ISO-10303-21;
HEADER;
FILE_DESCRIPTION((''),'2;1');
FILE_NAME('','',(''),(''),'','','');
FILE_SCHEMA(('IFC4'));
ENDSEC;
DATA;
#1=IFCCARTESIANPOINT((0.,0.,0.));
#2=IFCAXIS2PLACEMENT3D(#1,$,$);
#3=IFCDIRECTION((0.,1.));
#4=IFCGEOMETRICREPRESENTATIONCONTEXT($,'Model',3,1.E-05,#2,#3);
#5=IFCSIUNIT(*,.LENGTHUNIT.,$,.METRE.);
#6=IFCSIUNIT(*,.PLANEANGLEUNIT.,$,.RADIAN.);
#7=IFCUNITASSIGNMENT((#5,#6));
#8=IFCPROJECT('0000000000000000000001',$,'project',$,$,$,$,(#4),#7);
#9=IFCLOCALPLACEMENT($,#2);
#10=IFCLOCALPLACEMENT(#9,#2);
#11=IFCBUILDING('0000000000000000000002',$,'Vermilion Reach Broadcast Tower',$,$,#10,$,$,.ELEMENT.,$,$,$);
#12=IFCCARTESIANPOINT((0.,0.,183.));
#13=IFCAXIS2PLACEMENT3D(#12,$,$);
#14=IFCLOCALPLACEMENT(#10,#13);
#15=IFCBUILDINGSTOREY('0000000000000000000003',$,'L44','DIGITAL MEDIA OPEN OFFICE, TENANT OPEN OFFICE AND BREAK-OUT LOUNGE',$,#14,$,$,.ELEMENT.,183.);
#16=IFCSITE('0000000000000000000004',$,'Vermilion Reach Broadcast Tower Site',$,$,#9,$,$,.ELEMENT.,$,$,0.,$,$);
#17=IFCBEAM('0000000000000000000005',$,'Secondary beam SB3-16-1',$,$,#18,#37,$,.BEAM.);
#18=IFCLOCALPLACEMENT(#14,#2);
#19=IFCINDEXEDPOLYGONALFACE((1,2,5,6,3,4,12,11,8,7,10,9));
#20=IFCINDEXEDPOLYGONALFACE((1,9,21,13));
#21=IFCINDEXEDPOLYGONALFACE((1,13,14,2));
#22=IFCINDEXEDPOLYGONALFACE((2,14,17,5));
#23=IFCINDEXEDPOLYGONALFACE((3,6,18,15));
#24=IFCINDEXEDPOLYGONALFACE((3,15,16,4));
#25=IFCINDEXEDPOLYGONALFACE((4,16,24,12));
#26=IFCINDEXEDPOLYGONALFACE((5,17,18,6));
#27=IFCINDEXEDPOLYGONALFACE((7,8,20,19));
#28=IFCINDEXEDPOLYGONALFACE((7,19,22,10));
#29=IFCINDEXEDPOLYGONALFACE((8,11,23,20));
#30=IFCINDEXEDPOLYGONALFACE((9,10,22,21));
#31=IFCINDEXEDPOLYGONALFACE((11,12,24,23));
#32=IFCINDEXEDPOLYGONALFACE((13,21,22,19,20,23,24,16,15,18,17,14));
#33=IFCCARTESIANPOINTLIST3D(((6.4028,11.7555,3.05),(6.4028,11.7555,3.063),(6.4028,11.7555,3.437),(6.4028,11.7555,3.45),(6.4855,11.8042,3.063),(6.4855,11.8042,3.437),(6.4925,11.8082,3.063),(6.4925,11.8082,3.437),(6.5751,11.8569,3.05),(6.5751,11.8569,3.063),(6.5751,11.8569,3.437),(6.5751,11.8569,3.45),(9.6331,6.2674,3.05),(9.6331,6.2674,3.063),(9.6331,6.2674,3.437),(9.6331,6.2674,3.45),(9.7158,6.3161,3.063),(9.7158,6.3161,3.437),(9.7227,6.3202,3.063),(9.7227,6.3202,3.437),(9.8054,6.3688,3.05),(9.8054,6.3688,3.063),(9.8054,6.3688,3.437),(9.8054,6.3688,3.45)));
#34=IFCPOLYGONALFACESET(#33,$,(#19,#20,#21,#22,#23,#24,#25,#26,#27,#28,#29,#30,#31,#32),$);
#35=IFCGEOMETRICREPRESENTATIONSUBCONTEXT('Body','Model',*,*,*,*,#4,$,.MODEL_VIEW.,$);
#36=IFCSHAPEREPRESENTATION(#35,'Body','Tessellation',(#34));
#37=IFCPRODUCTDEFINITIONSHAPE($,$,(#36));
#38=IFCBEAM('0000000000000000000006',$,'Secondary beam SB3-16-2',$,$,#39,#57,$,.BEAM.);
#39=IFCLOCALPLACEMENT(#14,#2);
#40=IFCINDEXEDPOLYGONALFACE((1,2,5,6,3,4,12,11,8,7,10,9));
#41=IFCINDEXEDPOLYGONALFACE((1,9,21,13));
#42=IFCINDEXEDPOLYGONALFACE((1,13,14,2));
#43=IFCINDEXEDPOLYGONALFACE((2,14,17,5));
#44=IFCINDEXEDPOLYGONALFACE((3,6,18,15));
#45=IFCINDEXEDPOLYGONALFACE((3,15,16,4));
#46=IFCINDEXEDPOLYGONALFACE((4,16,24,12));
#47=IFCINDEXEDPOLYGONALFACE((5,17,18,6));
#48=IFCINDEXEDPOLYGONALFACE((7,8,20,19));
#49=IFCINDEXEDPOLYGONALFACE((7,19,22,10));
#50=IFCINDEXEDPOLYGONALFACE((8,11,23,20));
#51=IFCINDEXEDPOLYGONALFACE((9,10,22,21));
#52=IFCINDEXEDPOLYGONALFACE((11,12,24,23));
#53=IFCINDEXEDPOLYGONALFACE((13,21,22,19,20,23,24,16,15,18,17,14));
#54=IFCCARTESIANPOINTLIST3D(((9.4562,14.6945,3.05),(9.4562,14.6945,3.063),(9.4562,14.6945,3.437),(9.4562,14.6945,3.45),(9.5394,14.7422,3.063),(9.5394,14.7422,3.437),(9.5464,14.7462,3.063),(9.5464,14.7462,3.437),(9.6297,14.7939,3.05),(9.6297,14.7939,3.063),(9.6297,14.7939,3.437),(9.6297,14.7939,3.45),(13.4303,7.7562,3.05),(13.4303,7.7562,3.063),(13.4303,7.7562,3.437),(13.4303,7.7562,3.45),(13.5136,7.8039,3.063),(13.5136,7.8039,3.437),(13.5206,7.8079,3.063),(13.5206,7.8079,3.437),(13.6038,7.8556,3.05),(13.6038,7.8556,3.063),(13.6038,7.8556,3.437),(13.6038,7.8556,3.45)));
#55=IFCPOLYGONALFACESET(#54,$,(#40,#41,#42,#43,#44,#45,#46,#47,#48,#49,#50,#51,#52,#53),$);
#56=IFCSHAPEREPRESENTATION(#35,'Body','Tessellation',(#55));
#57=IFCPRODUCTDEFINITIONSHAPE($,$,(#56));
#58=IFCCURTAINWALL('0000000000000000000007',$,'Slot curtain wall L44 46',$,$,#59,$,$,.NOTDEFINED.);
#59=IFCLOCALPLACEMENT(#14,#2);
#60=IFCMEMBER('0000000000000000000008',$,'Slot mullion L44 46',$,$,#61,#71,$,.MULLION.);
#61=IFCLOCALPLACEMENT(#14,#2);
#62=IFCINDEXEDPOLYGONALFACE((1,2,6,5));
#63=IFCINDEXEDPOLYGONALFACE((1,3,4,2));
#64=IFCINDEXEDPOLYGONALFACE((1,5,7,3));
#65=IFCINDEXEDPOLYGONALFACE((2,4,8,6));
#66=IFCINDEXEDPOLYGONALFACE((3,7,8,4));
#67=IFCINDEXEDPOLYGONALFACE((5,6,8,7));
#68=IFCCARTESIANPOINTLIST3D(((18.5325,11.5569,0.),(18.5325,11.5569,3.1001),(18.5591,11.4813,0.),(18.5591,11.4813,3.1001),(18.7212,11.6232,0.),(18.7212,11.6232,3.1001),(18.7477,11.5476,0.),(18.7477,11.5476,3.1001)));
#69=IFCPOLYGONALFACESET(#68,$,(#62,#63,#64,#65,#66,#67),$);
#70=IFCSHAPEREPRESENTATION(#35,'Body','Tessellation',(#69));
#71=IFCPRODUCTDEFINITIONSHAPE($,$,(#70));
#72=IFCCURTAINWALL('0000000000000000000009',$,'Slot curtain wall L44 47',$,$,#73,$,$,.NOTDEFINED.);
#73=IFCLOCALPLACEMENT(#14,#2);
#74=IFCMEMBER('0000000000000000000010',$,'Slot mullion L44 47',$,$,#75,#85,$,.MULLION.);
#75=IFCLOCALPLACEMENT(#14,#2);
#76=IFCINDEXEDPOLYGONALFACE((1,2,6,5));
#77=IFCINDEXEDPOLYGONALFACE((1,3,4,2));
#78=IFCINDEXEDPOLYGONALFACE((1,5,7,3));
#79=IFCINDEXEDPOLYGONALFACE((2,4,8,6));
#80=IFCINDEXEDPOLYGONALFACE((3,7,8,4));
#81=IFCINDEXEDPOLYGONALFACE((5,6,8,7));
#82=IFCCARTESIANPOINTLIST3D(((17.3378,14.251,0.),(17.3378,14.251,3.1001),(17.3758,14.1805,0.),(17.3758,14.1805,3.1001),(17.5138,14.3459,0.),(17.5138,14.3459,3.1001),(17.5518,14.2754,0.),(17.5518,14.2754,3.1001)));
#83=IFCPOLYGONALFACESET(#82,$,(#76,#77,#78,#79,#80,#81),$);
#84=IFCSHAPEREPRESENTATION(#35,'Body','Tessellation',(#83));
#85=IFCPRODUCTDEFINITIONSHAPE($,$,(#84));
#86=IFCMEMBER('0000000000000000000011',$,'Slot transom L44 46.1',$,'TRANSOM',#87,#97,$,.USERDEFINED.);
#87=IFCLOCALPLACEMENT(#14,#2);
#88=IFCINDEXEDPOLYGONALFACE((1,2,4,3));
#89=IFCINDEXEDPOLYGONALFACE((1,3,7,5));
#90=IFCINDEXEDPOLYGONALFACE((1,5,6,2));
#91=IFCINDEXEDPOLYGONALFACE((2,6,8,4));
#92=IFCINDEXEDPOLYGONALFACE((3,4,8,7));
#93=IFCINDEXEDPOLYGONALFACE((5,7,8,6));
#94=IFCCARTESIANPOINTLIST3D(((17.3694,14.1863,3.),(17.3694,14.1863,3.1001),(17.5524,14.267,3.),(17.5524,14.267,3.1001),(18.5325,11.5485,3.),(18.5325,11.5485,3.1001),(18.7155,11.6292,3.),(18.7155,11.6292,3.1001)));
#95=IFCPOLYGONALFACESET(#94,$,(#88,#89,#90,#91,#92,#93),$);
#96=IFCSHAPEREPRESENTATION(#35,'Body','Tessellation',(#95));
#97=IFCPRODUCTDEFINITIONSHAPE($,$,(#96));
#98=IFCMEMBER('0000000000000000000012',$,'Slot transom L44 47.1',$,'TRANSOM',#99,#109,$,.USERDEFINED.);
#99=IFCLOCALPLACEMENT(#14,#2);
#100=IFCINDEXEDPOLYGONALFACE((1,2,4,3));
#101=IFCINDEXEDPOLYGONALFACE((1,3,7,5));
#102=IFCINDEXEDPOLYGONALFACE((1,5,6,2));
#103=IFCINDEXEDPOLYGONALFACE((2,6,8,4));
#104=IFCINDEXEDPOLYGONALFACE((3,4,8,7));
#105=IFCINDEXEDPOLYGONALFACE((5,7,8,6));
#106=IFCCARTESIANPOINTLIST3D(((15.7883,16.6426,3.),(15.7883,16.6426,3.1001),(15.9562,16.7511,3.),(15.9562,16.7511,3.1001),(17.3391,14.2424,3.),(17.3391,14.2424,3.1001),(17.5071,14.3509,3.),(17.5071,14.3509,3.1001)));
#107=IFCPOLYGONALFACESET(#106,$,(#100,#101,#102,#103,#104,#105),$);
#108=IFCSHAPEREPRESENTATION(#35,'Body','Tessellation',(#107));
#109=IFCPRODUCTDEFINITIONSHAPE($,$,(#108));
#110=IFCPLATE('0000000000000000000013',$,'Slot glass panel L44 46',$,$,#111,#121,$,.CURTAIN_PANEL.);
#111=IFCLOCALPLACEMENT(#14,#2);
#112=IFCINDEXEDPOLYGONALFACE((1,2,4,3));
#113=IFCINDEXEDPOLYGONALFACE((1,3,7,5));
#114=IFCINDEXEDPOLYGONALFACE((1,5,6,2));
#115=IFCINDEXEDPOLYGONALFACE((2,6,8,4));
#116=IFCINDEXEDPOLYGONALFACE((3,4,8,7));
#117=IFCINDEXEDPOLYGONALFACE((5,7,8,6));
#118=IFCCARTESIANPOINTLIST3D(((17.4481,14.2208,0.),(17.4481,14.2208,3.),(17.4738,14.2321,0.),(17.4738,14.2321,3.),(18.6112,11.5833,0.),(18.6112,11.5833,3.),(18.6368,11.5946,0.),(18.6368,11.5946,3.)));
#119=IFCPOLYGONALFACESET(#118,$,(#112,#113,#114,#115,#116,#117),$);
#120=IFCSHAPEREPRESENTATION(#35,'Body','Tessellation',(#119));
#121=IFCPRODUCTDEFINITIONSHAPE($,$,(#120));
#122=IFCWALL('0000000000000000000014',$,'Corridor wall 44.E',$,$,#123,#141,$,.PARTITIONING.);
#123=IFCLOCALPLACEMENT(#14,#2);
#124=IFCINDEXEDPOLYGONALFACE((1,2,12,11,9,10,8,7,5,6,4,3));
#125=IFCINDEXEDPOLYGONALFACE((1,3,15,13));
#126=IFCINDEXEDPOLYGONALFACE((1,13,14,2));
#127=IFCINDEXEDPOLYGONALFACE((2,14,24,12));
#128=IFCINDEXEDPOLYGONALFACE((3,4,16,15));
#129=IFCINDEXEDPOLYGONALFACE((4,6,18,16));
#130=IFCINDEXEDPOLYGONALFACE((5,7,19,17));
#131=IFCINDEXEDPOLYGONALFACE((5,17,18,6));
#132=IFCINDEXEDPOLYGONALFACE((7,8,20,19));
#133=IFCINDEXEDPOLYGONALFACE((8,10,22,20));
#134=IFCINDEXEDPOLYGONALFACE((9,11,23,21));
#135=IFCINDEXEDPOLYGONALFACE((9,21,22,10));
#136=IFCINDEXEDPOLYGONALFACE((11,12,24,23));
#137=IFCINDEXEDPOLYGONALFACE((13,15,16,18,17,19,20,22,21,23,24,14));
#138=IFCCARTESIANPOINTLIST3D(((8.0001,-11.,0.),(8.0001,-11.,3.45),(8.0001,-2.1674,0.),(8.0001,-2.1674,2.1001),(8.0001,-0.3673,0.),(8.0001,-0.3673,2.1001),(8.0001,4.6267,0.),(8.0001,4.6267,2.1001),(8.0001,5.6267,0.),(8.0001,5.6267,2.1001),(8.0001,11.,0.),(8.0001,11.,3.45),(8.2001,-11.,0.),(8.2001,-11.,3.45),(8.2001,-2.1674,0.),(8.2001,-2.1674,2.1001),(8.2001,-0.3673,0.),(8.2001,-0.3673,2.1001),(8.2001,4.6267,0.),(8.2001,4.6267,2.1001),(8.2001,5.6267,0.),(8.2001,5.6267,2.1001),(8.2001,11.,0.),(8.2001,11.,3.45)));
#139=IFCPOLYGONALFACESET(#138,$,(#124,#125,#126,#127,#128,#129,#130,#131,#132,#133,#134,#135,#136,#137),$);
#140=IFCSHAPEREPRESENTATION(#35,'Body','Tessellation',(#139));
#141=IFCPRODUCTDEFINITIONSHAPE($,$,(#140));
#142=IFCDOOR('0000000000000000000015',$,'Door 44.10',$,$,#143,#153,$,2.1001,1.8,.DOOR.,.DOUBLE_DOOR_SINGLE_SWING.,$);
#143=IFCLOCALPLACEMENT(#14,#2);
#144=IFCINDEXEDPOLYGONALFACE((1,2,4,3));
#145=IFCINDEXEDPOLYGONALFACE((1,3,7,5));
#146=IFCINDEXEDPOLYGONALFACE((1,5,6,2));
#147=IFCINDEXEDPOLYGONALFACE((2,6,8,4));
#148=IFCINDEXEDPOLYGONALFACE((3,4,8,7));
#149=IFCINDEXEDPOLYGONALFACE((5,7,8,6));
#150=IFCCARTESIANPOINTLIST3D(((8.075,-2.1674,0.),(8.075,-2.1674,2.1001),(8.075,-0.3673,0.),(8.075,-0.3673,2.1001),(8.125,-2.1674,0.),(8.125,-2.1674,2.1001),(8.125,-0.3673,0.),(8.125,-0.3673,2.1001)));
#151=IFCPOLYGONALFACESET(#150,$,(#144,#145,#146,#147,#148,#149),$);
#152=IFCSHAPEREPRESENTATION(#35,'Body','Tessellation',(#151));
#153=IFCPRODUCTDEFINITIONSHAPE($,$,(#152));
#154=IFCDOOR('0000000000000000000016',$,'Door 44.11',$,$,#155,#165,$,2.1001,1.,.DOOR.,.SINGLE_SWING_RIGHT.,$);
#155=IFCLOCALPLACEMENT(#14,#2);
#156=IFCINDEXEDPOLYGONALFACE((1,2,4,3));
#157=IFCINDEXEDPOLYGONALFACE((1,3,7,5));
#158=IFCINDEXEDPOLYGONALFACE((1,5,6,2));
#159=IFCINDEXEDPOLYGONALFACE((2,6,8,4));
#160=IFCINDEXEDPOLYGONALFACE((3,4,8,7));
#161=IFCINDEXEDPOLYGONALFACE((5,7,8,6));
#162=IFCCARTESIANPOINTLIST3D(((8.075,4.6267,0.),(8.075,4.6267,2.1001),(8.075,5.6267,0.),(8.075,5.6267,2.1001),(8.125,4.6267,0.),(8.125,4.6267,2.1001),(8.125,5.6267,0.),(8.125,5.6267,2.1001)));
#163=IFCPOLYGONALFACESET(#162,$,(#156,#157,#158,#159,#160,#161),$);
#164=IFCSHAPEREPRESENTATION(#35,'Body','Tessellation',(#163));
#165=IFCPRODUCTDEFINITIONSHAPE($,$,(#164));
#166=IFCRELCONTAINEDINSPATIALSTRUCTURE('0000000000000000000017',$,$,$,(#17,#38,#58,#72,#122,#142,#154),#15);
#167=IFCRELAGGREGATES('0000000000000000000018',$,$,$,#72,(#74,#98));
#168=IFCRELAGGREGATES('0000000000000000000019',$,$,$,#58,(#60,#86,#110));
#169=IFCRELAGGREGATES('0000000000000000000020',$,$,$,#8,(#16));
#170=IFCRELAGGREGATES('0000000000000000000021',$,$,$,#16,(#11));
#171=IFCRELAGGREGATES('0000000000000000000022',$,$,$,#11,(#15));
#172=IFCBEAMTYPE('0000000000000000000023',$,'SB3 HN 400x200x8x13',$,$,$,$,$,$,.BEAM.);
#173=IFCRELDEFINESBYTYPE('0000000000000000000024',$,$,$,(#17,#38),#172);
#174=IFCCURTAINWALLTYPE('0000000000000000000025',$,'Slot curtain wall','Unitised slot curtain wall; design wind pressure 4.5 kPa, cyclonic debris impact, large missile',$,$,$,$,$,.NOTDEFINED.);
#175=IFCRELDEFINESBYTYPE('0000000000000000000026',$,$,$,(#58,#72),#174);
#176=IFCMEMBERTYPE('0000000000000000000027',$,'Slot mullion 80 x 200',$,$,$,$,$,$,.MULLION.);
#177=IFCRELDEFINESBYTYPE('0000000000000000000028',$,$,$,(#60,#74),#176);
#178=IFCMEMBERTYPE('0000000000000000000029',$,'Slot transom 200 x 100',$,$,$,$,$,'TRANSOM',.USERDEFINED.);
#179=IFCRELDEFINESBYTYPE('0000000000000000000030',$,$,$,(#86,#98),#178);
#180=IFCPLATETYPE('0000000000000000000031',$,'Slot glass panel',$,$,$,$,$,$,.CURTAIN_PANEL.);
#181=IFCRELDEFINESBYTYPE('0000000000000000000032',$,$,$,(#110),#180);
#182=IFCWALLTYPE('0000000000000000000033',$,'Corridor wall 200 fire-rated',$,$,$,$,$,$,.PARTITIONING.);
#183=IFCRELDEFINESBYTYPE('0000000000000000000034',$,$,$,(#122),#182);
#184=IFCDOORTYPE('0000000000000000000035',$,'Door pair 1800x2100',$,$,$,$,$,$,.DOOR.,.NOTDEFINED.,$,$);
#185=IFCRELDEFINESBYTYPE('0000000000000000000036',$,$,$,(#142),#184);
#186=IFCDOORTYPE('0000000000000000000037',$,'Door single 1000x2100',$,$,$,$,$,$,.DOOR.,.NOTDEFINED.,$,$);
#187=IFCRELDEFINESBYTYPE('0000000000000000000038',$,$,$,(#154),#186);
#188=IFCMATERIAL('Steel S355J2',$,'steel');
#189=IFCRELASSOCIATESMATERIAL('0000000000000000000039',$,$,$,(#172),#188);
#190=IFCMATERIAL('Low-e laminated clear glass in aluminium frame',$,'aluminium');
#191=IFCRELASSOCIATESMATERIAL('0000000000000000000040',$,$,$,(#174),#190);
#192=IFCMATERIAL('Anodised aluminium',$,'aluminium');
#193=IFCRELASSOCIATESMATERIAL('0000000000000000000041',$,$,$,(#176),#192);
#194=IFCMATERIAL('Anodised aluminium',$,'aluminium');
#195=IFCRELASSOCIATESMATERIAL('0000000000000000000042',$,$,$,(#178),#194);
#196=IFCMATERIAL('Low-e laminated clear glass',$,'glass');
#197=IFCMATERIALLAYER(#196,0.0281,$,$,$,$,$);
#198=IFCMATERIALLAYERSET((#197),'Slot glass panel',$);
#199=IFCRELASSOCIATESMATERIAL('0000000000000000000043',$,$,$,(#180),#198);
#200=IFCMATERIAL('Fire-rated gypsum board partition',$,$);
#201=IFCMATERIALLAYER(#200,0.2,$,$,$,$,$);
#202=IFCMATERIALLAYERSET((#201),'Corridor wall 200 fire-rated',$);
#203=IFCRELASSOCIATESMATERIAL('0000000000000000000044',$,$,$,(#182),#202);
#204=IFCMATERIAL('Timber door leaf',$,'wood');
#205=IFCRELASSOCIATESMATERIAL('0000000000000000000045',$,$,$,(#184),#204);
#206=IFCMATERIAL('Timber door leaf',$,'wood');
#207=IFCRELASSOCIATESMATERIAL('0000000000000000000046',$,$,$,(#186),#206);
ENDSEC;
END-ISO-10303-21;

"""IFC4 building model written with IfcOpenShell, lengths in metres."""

from ifc_helpers import new_model, si_unit, direction, frame, frame_2d, origin, origin_2d, place, context, subcontext, project, spatial, rectangle, i_section, extrude, material, layer, layer_set, material_profile, profile_set, type_object, element, fill, aggregate, save


model = new_model("IFC4")

# Units and contexts
model_context = context("Model", 3, precision=1e-05, world=origin(), true_north=direction((0.0, 1.0)))
body_context = subcontext(model_context, "Body", "Model", "MODEL_VIEW")
ifc_project = project(units=[si_unit("LENGTHUNIT", "METRE"), si_unit("PLANEANGLEUNIT", "RADIAN")], contexts=[model_context])

# Site, building, storey
site_placement = place(None, origin())
site = spatial("IfcSite", under=ifc_project, at=site_placement, Name="Vermilion Reach Broadcast Tower Site", CompositionType="ELEMENT", RefElevation=0.0)
building_placement = place(site_placement, origin())
building = spatial("IfcBuilding", under=site, at=building_placement, Name="Vermilion Reach Broadcast Tower", CompositionType="ELEMENT")
storey_placement = place(building_placement, frame((0.0, 0.0, 183.0)))
storey = spatial("IfcBuildingStorey", under=building, at=storey_placement, Name="L44", Description="DIGITAL MEDIA OPEN OFFICE, TENANT OPEN OFFICE AND BREAK-OUT LOUNGE", CompositionType="ELEMENT", Elevation=183.0)

# Beams
ifc_material_1 = material(Name="Steel S355J2", Category="steel")
ifc_material_profile_1 = material_profile(ifc_material_1, i_section(OverallWidth=0.2, OverallDepth=0.3999, WebThickness=0.0081, FlangeThickness=0.0129, at=origin_2d()), Name="S355J2 HN 400x200x8x13")
ifc_profile_set_1 = profile_set([ifc_material_profile_1], Name="Steel S355J2")
beam_type_1 = type_object("IfcBeamType", Name="SB3 HN 400x200x8x13", PredefinedType="BEAM", material=ifc_profile_set_1)
beam_1_placement = place(storey_placement, frame((9.7192, 6.3181, 3.25), z_axis=(-0.50725, 0.861799, 0.0), x_axis=(-0.861799, -0.50725, 0.0)))
element("IfcBeam", 1, at=beam_1_placement, inside=storey, type_object=beam_type_1, Name="Secondary beam SB3-16-1", PredefinedType="BEAM", context=body_context, shape_type="SweptSolid", body=[
    extrude(i_section(OverallWidth=0.2, OverallDepth=0.3999, WebThickness=0.0081, FlangeThickness=0.0129, at=origin_2d()), origin(), (0.0, 0.0, 1.0), 6.3682),
])
beam_2_placement = place(storey_placement, frame((13.5171, 7.8059, 3.25), z_axis=(-0.497027, 0.867735, 0.0), x_axis=(-0.867735, -0.497027, 0.0)))
element("IfcBeam", 2, at=beam_2_placement, inside=storey, type_object=beam_type_1, Name="Secondary beam SB3-16-2", PredefinedType="BEAM", context=body_context, shape_type="SweptSolid", body=[
    extrude(i_section(OverallWidth=0.2, OverallDepth=0.3999, WebThickness=0.0081, FlangeThickness=0.0129, at=origin_2d()), origin(), (0.0, 0.0, 1.0), 7.9958),
])

# Curtain walls, members
ifc_material_2 = material(Name="Low-e laminated clear glass in aluminium frame", Category="aluminium")
curtain_wall_type = type_object("IfcCurtainWallType", Name="Slot curtain wall", Description="Unitised slot curtain wall; design wind pressure 4.5 kPa, cyclonic debris impact, large missile", PredefinedType="NOTDEFINED", material=ifc_material_2)
placement = place(storey_placement, origin())
curtain_wall_1 = element("IfcCurtainWall", 3, at=placement, inside=storey, type_object=curtain_wall_type, Name="Slot curtain wall L44 46", PredefinedType="NOTDEFINED")
ifc_material_3 = material(Name="Anodised aluminium", Category="aluminium")
ifc_material_profile_2 = material_profile(ifc_material_3, rectangle(XDim=0.2, YDim=0.0801, at=origin_2d()), Name="Slot mullion 80 x 200")
ifc_profile_set_2 = profile_set([ifc_material_profile_2], Name="Anodised aluminium")
member_type_1 = type_object("IfcMemberType", Name="Slot mullion 80 x 200", PredefinedType="MULLION", material=ifc_profile_set_2)
member_1_placement = place(storey_placement, frame((18.6401, 11.5522, 0.0), z_axis=(0.0, 0.0, 1.0), x_axis=(-0.943416, -0.33161, 0.0)))
member_1 = element("IfcMember", 4, at=member_1_placement, type_object=member_type_1, Name="Slot mullion L44 46", PredefinedType="MULLION", context=body_context, shape_type="SweptSolid", body=[
    extrude(rectangle(XDim=0.2, YDim=0.0801, at=origin_2d()), origin(), (0.0, 0.0, 1.0), 3.1001),
])
curtain_wall_2 = element("IfcCurtainWall", 5, at=placement, inside=storey, type_object=curtain_wall_type, Name="Slot curtain wall L44 47", PredefinedType="NOTDEFINED")
member_2_placement = place(storey_placement, frame((17.4448, 14.2632, 0.0), z_axis=(0.0, 0.0, 1.0), x_axis=(-0.88022, -0.474566, 0.0)))
member_2 = element("IfcMember", 6, at=member_2_placement, type_object=member_type_1, Name="Slot mullion L44 47", PredefinedType="MULLION", context=body_context, shape_type="SweptSolid", body=[
    extrude(rectangle(XDim=0.2, YDim=0.0801, at=origin_2d()), origin(), (0.0, 0.0, 1.0), 3.1001),
])

# Members
ifc_material_4 = material(Name="Anodised aluminium", Category="aluminium")
ifc_material_profile_3 = material_profile(ifc_material_4, rectangle(XDim=0.2, YDim=0.1001, at=origin_2d()), Name="Slot transom 200 x 100")
ifc_profile_set_3 = profile_set([ifc_material_profile_3], Name="Anodised aluminium")
member_type_2 = type_object("IfcMemberType", Name="Slot transom 200 x 100", ElementType="TRANSOM", PredefinedType="USERDEFINED", material=ifc_profile_set_3)
member_3_placement = place(storey_placement, frame((18.624, 11.5889, 3.05), z_axis=(-0.403465, 0.914995, 0.0), x_axis=(-0.914995, -0.403465, 0.0)))
member_3 = element("IfcMember", 7, at=member_3_placement, type_object=member_type_2, Name="Slot transom L44 46.1", ObjectType="TRANSOM", PredefinedType="USERDEFINED", context=body_context, shape_type="SweptSolid", body=[
    extrude(rectangle(XDim=0.2, YDim=0.1001, at=origin_2d()), origin(), (0.0, 0.0, 1.0), 2.8828),
])
member_4_placement = place(storey_placement, frame((17.4231, 14.2966, 3.05), z_axis=(-0.542695, 0.83993, 0.0), x_axis=(-0.83993, -0.542695, 0.0)))
member_4 = element("IfcMember", 8, at=member_4_placement, type_object=member_type_2, Name="Slot transom L44 47.1", ObjectType="TRANSOM", PredefinedType="USERDEFINED", context=body_context, shape_type="SweptSolid", body=[
    extrude(rectangle(XDim=0.2, YDim=0.1001, at=origin_2d()), origin(), (0.0, 0.0, 1.0), 2.8577),
])
aggregate(curtain_wall_2, [member_2, member_4])

# Plate
ifc_material_5 = material(Name="Low-e laminated clear glass", Category="glass")
ifc_layer_1 = layer(ifc_material_5, 0.0281)
ifc_layer_set_1 = layer_set([ifc_layer_1], Name="Slot glass panel")
plate_type = type_object("IfcPlateType", Name="Slot glass panel", PredefinedType="CURTAIN_PANEL", material=ifc_layer_set_1)
plate_placement = place(storey_placement, frame((18.0425, 12.9077, 0.0), z_axis=(0.0, 0.0, 1.0), x_axis=(-0.403473, 0.914992, 0.0)))
plate = element("IfcPlate", 9, at=plate_placement, type_object=plate_type, Name="Slot glass panel L44 46", PredefinedType="CURTAIN_PANEL", context=body_context, shape_type="SweptSolid", body=[
    extrude(rectangle(XDim=2.8826, YDim=0.0281, at=origin_2d()), origin(), (0.0, 0.0, 1.0), 3.0),
])
aggregate(curtain_wall_1, [member_1, member_3, plate])

# Wall, openings, doors
ifc_material_6 = material(Name="Fire-rated gypsum board partition")
ifc_layer_2 = layer(ifc_material_6, 0.2)
ifc_layer_set_2 = layer_set([ifc_layer_2], Name="Corridor wall 200 fire-rated")
wall_type_1 = type_object("IfcWallType", Name="Corridor wall 200 fire-rated", PredefinedType="PARTITIONING", material=ifc_layer_set_2)
wall_1_placement = place(storey_placement, frame((8.1001, 11.0, 0.0), z_axis=(0.0, 0.0, 1.0), x_axis=(0.0, -1.0, 0.0)))
wall_1 = element("IfcWall", 10, at=wall_1_placement, inside=storey, type_object=wall_type_1, Name="Corridor wall 44.E", PredefinedType="PARTITIONING", context=body_context, shape_type="SweptSolid", body=[
    extrude(rectangle(XDim=22.0, YDim=0.2, at=frame_2d((11.0, 0.0))), origin(), (0.0, 0.0, 1.0), 3.45),
])
opening_1_placement = place(wall_1_placement, frame((11.3674, 0.0, 0.0)))
opening_1 = element("IfcOpeningElement", 11, at=opening_1_placement, cuts=wall_1, PredefinedType="OPENING", context=body_context, shape_type="SweptSolid", body=[
    extrude(rectangle(XDim=1.8, YDim=2.1001, at=frame_2d((0.8999, 1.05))), frame((0.0, 0.1099, 0.0), z_axis=(0.0, -1.0, 0.0), x_axis=(1.0, 0.0, 0.0)), (0.0, 0.0, 1.0), 0.22),
])
opening_2_placement = place(wall_1_placement, frame((5.3733, 0.0, 0.0)))
opening_2 = element("IfcOpeningElement", 12, at=opening_2_placement, cuts=wall_1, PredefinedType="OPENING", context=body_context, shape_type="SweptSolid", body=[
    extrude(rectangle(XDim=1.0, YDim=2.1001, at=frame_2d((0.5, 1.05))), frame((0.0, 0.1099, 0.0), z_axis=(0.0, -1.0, 0.0), x_axis=(1.0, 0.0, 0.0)), (0.0, 0.0, 1.0), 0.22),
])
ifc_material_7 = material(Name="Timber door leaf", Category="wood")
door_type_1 = type_object("IfcDoorType", Name="Door pair 1800x2100", OperationType="NOTDEFINED", PredefinedType="DOOR", material=ifc_material_7)
door_1_placement = place(opening_1_placement, origin())
door_1 = element("IfcDoor", 13, at=door_1_placement, inside=storey, type_object=door_type_1, Name="Door 44.10", OperationType="DOUBLE_DOOR_SINGLE_SWING", OverallHeight=2.1001, OverallWidth=1.8, PredefinedType="DOOR", context=body_context, shape_type="SweptSolid", body=[
    extrude(rectangle(XDim=1.8, YDim=2.1001, at=frame_2d((0.8999, 1.05))), frame((0.0, 0.0249, 0.0), z_axis=(0.0, -1.0, 0.0), x_axis=(1.0, 0.0, 0.0)), (0.0, 0.0, 1.0), 0.05),
])
fill(opening_1, door_1)
ifc_material_8 = material(Name="Timber door leaf", Category="wood")
door_type_2 = type_object("IfcDoorType", Name="Door single 1000x2100", OperationType="NOTDEFINED", PredefinedType="DOOR", material=ifc_material_8)
door_2_placement = place(opening_2_placement, origin())
door_2 = element("IfcDoor", 14, at=door_2_placement, inside=storey, type_object=door_type_2, Name="Door 44.11", OperationType="SINGLE_SWING_RIGHT", OverallHeight=2.1001, OverallWidth=1.0, PredefinedType="DOOR", context=body_context, shape_type="SweptSolid", body=[
    extrude(rectangle(XDim=1.0, YDim=2.1001, at=frame_2d((0.5, 1.05))), frame((0.0, 0.0249, 0.0), z_axis=(0.0, -1.0, 0.0), x_axis=(1.0, 0.0, 0.0)), (0.0, 0.0, 1.0), 0.05),
])
fill(opening_2, door_2)

save(model, "model.ifc")
